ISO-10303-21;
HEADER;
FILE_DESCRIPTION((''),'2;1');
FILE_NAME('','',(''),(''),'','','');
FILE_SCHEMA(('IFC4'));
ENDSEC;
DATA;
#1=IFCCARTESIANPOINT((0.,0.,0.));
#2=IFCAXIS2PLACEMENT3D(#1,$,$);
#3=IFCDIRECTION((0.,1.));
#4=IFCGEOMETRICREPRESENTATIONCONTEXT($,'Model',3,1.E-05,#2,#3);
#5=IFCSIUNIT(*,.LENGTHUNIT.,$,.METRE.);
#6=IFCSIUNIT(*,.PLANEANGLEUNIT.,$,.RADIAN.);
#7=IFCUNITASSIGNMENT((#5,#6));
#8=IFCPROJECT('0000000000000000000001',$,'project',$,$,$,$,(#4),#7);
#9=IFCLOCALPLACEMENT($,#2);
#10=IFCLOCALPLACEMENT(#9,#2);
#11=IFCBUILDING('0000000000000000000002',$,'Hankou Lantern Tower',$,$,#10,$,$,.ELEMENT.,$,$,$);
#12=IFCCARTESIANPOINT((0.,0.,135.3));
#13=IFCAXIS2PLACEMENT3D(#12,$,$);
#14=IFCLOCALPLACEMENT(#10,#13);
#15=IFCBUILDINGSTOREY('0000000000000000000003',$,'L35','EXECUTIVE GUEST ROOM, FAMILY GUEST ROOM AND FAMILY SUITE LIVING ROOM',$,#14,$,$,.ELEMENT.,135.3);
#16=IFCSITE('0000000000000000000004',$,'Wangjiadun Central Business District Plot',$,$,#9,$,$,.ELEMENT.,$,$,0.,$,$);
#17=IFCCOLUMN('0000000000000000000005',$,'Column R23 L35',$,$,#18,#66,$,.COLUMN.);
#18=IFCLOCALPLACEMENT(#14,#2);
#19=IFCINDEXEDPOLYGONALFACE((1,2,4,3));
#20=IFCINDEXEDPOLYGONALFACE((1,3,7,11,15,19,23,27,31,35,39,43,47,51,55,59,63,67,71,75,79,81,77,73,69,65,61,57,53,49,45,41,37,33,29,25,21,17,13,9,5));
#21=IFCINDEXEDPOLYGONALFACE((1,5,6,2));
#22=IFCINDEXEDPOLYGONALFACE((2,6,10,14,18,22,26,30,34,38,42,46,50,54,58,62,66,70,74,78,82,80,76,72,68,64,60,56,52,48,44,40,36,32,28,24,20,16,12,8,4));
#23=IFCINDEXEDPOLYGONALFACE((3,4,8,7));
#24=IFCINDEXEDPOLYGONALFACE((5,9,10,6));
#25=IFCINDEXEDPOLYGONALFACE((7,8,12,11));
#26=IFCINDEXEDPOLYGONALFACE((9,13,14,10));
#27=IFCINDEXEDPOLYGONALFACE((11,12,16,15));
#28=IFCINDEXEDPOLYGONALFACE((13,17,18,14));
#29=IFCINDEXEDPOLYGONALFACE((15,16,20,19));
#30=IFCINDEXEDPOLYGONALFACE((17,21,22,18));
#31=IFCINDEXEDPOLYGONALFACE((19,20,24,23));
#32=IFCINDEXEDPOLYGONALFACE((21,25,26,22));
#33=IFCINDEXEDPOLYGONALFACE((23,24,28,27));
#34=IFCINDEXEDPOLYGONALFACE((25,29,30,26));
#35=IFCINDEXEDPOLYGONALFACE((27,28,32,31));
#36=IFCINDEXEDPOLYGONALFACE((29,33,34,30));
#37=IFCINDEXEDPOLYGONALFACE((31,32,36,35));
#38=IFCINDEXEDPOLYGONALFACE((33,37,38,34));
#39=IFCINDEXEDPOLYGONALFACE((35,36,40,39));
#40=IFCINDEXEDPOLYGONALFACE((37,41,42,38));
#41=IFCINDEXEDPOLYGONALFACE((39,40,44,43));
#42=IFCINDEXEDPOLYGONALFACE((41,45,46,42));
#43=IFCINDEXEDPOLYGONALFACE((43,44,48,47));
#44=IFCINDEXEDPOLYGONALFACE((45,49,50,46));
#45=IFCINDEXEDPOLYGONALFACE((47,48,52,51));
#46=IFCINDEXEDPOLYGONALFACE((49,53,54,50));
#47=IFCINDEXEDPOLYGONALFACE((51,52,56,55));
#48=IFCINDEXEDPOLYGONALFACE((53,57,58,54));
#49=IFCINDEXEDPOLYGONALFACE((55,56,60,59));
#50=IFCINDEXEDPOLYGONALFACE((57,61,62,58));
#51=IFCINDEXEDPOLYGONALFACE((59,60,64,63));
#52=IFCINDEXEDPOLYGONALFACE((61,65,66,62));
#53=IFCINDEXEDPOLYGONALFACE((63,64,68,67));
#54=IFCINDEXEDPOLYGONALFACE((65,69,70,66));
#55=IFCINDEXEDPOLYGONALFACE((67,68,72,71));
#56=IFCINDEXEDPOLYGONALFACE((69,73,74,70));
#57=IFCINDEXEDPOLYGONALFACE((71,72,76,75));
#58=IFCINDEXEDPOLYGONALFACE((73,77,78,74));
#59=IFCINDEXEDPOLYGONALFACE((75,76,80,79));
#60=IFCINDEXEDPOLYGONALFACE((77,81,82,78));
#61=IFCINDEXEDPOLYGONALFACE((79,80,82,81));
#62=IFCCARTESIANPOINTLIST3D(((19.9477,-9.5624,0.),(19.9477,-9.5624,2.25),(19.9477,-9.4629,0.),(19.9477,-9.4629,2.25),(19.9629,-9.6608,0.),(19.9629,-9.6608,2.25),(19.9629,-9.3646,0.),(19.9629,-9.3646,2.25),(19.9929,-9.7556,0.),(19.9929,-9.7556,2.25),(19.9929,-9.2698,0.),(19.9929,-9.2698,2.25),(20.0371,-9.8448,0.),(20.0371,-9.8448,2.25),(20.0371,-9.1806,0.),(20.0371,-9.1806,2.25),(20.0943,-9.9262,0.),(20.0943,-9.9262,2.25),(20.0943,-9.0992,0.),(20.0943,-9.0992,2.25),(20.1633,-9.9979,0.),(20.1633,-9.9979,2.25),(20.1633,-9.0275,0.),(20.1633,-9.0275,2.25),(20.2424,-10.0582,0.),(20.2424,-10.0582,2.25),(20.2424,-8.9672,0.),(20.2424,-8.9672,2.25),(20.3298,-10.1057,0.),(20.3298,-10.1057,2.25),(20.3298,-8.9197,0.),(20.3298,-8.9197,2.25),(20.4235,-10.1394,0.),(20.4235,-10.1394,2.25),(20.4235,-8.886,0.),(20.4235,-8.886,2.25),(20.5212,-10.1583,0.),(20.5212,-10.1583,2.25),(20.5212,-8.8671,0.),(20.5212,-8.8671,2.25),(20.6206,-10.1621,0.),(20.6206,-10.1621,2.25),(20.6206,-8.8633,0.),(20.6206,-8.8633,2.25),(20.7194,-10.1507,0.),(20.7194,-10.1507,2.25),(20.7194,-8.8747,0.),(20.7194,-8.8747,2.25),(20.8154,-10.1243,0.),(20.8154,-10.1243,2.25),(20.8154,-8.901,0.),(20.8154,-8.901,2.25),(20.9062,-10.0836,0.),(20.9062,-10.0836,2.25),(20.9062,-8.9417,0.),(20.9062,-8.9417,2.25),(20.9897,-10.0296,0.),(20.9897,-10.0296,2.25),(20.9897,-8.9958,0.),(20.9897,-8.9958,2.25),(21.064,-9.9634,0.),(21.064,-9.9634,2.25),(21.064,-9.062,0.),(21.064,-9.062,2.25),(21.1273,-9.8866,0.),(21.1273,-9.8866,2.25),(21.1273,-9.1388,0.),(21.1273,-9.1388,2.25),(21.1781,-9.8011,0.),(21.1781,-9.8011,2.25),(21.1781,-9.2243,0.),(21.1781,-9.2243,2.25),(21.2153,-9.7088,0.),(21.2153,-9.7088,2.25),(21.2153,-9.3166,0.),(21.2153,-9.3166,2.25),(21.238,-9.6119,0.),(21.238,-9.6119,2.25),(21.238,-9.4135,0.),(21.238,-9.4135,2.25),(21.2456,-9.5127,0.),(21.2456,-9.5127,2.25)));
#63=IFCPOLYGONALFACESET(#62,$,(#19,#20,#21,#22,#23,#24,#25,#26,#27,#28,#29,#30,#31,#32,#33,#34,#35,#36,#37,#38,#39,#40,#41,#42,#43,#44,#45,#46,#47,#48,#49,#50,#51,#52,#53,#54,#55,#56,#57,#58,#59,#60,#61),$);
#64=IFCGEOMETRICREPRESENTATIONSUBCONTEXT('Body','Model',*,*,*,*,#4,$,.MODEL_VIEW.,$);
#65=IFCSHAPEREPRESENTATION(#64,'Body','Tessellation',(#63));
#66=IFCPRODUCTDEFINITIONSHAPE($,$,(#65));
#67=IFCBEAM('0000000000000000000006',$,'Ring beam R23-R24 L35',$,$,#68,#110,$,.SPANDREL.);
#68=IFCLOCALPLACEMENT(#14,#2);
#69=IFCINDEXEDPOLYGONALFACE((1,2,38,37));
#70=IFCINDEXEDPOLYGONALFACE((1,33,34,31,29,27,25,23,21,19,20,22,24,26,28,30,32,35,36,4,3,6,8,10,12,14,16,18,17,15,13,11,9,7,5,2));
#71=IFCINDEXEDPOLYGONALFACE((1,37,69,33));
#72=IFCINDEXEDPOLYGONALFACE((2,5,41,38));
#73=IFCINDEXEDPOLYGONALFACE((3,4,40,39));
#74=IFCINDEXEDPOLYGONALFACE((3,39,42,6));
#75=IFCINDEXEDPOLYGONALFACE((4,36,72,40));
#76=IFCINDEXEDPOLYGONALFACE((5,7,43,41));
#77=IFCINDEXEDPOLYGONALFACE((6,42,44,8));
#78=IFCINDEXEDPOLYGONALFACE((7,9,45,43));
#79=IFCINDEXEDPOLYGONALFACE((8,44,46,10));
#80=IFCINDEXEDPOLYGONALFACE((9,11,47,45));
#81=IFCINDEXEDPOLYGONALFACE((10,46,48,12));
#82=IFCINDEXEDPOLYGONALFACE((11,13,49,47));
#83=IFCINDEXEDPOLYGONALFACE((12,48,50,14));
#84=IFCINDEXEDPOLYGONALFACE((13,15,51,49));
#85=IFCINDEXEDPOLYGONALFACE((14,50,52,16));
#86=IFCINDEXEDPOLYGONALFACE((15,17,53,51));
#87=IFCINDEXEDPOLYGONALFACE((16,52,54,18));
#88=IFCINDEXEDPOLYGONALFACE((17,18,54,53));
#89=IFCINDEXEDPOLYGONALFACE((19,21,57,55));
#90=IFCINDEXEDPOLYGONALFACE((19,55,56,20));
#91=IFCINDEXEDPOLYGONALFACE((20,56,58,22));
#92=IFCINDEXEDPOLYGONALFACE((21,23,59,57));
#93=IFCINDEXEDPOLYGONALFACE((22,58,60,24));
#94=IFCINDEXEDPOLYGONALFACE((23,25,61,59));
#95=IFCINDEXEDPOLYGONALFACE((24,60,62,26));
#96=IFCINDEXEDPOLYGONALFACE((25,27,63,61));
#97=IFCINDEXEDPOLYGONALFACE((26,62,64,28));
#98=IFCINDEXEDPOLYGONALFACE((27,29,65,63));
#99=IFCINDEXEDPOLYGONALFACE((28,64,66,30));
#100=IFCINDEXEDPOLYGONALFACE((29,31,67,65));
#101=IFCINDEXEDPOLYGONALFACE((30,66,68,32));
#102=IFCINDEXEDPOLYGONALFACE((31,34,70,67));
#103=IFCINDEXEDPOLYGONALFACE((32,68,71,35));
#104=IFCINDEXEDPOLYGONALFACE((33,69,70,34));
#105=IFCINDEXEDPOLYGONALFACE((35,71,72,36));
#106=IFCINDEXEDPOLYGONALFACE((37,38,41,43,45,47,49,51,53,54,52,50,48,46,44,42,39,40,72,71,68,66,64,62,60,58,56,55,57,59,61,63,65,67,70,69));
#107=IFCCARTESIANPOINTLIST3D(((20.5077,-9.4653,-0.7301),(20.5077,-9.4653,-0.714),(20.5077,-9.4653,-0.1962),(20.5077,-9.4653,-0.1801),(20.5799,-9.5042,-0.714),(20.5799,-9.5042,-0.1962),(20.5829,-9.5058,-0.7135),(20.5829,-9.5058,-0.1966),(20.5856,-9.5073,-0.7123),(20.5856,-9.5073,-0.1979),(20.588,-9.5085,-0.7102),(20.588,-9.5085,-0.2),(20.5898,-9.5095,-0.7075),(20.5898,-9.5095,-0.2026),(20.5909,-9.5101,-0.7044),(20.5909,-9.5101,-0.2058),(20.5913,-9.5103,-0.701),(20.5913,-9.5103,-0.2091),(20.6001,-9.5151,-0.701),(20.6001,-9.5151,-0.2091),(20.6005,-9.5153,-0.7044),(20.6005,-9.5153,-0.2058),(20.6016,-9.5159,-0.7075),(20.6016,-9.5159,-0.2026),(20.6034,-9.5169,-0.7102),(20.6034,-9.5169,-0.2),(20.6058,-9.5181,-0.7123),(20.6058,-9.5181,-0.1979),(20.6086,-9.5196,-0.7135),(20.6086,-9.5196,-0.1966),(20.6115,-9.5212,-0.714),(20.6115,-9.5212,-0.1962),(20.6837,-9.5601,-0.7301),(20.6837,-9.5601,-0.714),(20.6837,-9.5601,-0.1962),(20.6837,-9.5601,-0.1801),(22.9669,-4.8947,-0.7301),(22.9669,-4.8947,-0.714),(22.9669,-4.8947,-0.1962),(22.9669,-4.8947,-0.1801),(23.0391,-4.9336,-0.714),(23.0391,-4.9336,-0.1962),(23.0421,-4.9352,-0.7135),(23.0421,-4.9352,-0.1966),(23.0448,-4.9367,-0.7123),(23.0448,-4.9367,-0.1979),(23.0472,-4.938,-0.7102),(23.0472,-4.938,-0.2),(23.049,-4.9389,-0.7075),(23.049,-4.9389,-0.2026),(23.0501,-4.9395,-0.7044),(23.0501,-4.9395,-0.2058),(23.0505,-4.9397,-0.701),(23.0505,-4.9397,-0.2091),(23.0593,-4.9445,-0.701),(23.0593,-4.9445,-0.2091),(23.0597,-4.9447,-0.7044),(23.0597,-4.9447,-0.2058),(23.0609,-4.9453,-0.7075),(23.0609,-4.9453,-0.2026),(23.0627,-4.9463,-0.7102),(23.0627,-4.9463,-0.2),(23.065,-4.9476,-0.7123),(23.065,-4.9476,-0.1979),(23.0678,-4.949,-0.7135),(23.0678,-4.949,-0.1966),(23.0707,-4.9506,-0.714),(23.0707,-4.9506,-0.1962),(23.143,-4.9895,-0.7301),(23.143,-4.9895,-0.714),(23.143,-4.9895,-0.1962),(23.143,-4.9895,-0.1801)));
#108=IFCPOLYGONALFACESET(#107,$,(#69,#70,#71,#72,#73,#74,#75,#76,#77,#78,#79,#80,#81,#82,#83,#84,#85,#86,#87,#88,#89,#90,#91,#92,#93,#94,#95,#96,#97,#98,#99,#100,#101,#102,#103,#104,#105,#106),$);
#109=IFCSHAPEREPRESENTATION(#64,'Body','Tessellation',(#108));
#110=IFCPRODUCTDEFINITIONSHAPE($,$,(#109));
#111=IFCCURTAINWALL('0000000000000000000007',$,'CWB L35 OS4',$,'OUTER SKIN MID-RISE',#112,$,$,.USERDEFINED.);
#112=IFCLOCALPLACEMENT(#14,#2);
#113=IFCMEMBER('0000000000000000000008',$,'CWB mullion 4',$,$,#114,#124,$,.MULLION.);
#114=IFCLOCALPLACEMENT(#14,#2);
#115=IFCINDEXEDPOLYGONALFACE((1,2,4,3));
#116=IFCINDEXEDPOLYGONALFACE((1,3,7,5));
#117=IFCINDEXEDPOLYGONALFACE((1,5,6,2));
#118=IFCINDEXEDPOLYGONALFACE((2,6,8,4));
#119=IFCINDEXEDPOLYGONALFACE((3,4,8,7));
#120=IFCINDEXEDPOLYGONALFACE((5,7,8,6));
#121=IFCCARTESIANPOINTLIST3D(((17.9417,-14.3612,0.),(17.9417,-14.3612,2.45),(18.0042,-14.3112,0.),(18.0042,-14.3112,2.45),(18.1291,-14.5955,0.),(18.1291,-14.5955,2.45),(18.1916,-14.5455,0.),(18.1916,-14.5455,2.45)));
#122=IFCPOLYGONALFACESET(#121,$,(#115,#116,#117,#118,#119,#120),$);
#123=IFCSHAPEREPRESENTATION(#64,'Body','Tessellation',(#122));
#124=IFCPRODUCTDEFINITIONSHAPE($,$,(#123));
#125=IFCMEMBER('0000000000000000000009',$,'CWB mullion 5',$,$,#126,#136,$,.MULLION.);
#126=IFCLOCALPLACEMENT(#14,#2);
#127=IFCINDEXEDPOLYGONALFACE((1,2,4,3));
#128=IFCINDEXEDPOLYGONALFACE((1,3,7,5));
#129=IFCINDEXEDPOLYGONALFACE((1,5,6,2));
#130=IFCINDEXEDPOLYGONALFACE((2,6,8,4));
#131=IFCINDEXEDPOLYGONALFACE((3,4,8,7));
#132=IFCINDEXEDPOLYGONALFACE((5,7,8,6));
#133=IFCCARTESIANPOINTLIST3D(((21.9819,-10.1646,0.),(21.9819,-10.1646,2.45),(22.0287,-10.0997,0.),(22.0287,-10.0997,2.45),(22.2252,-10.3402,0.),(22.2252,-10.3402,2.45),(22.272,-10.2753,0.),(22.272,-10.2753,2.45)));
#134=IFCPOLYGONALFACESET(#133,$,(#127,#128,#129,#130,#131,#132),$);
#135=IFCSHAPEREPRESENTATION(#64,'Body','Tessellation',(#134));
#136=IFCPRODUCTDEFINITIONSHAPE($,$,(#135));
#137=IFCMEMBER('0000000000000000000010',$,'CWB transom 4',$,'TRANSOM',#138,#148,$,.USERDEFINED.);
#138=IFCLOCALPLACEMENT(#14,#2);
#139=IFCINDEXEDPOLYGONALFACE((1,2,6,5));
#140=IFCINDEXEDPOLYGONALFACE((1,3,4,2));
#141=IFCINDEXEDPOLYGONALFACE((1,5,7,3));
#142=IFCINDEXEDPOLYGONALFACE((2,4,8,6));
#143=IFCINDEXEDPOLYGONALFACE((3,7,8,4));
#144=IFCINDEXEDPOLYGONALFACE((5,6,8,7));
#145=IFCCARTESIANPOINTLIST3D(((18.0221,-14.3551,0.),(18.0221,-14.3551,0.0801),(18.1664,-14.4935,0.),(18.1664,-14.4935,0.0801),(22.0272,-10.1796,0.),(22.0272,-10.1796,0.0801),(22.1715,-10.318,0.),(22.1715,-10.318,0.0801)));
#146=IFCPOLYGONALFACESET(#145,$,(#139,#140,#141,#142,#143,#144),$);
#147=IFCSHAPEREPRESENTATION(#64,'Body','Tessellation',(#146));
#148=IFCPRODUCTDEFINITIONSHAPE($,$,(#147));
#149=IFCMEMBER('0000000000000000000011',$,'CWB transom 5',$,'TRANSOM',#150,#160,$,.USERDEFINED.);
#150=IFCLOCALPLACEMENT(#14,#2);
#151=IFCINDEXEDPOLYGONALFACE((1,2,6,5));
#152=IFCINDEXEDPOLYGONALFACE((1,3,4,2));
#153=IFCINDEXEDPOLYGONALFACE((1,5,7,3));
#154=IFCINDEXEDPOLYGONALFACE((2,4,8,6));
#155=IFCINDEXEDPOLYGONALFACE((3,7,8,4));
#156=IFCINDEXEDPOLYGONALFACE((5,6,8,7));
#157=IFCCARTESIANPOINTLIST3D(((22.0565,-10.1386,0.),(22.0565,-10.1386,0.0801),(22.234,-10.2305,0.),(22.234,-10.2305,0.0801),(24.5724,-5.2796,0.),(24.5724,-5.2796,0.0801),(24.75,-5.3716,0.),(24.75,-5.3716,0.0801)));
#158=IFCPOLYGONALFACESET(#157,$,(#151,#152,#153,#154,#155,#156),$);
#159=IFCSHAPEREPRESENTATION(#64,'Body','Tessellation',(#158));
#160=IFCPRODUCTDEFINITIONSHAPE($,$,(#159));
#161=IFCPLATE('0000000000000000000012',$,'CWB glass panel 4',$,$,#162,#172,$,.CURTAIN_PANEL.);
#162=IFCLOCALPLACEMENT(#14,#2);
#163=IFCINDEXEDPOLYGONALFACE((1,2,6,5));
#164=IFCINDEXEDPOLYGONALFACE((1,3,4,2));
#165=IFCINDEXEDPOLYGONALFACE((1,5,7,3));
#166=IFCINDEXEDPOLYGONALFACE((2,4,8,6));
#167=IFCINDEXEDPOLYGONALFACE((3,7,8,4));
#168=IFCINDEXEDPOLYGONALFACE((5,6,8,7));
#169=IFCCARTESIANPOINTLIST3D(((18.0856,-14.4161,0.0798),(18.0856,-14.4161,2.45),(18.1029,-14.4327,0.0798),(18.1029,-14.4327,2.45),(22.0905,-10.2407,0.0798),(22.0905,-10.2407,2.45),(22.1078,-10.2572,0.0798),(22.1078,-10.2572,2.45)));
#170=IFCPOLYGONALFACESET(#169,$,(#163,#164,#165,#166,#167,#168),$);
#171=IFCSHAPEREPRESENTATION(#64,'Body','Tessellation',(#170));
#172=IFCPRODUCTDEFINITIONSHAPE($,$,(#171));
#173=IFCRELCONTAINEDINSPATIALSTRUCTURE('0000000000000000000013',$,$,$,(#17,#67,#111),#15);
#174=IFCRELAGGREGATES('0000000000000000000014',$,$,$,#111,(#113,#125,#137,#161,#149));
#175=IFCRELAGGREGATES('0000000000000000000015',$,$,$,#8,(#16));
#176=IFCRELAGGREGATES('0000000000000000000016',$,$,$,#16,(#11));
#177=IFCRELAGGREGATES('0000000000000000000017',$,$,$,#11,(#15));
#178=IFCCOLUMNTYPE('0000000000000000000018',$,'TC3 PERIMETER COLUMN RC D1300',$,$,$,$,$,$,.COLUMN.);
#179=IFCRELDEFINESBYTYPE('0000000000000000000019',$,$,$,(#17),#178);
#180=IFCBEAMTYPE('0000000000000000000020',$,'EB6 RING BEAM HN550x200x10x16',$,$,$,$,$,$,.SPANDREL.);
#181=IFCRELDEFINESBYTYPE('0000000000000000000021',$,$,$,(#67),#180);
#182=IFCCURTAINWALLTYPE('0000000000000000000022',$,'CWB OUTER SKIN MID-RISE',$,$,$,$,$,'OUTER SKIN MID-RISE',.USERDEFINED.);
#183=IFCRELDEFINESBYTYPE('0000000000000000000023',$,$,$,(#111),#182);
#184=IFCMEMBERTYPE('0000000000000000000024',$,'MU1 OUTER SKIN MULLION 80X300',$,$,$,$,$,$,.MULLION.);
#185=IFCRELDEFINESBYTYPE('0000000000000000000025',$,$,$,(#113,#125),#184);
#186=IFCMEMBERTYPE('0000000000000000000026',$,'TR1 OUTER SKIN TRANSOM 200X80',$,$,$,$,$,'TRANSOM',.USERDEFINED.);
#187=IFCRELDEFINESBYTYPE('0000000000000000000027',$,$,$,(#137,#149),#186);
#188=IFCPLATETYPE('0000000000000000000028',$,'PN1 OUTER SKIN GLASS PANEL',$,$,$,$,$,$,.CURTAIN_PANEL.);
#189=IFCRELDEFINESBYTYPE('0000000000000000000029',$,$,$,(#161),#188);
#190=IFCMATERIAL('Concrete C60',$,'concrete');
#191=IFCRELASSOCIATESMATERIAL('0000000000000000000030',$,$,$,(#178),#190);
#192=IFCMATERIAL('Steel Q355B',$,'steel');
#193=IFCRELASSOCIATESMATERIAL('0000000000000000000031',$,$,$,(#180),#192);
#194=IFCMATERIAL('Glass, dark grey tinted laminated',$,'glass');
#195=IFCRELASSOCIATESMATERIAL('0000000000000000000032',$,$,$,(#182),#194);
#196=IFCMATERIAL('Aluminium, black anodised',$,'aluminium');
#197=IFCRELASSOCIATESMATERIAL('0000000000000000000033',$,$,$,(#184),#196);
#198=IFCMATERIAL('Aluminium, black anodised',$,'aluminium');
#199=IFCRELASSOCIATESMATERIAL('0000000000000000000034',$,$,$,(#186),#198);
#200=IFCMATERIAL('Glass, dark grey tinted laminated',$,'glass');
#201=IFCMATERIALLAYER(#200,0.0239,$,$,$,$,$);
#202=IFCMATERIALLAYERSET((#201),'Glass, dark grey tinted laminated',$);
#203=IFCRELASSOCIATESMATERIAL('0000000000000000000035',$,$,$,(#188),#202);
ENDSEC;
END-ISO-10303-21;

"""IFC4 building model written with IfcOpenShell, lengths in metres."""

from ifc_helpers import new_model, si_unit, direction, frame, origin, origin_2d, place, context, subcontext, project, spatial, rectangle, circle, i_section, extrude, clip, halfspace, material, layer, layer_set, material_profile, profile_set, type_object, element, aggregate, save


model = new_model("IFC4")

# Units and contexts
model_context = context("Model", 3, precision=1e-05, world=origin(), true_north=direction((0.0, 1.0)))
body_context = subcontext(model_context, "Body", "Model", "MODEL_VIEW")
ifc_project = project(units=[si_unit("LENGTHUNIT", "METRE"), si_unit("PLANEANGLEUNIT", "RADIAN")], contexts=[model_context])

# Site, building, storey
site_placement = place(None, origin())
site = spatial("IfcSite", under=ifc_project, at=site_placement, Name="Wangjiadun Central Business District Plot", CompositionType="ELEMENT", RefElevation=0.0)
building_placement = place(site_placement, origin())
building = spatial("IfcBuilding", under=site, at=building_placement, Name="Hankou Lantern Tower", CompositionType="ELEMENT")
storey_placement = place(building_placement, frame((0.0, 0.0, 135.3)))
storey = spatial("IfcBuildingStorey", under=building, at=storey_placement, Name="L35", Description="EXECUTIVE GUEST ROOM, FAMILY GUEST ROOM AND FAMILY SUITE LIVING ROOM", CompositionType="ELEMENT", Elevation=135.3)

# Column
ifc_material_1 = material(Name="Concrete C60", Category="concrete")
ifc_material_profile_1 = material_profile(ifc_material_1, circle(Radius=0.6499, at=origin_2d()), Name="RC D1300")
ifc_profile_set_1 = profile_set([ifc_material_profile_1], Name="Concrete C60")
column_type = type_object("IfcColumnType", Name="TC3 PERIMETER COLUMN RC D1300", PredefinedType="COLUMN", material=ifc_profile_set_1)
column_placement = place(storey_placement, frame((20.5957, -9.5127, 0.0), z_axis=(0.0, 0.0, 1.0), x_axis=(1.0, 0.0, 0.0)))
element("IfcColumn", 1, at=column_placement, inside=storey, type_object=column_type, Name="Column R23 L35", PredefinedType="COLUMN", context=body_context, shape_type="Clipping", body=[
    clip(extrude(circle(Radius=0.6499, at=origin_2d()), origin(), (0.0, 0.0, 1.0), 3.3), halfspace(frame((0.0, 0.0, 2.25), z_axis=(0.0, 0.0, 1.0), x_axis=(1.0, 0.0, 0.0)), False)),
])

# Beam
ifc_material_2 = material(Name="Steel Q355B", Category="steel")
ifc_material_profile_2 = material_profile(ifc_material_2, i_section(OverallWidth=0.2, OverallDepth=0.55, WebThickness=0.01, FlangeThickness=0.0161, FilletRadius=0.0129, at=origin_2d()), Name="HN550x200x10x16")
ifc_profile_set_2 = profile_set([ifc_material_profile_2], Name="Steel Q355B")
beam_type = type_object("IfcBeamType", Name="EB6 RING BEAM HN550x200x10x16", PredefinedType="SPANDREL", material=ifc_profile_set_2)
beam_placement = place(storey_placement, frame((20.5957, -9.5127, -0.4551), z_axis=(0.473825, 0.880619, 0.0), x_axis=(-0.880619, 0.473825, 0.0)))
element("IfcBeam", 2, at=beam_placement, inside=storey, type_object=beam_type, Name="Ring beam R23-R24 L35", PredefinedType="SPANDREL", context=body_context, shape_type="SweptSolid", body=[
    extrude(i_section(OverallWidth=0.2, OverallDepth=0.55, WebThickness=0.01, FlangeThickness=0.0161, FilletRadius=0.0129, at=origin_2d()), origin(), (0.0, 0.0, 1.0), 5.1902),
])

# Curtain wall, members, plate
ifc_material_3 = material(Name="Glass, dark grey tinted laminated", Category="glass")
curtain_wall_type = type_object("IfcCurtainWallType", Name="CWB OUTER SKIN MID-RISE", ElementType="OUTER SKIN MID-RISE", PredefinedType="USERDEFINED", material=ifc_material_3)
curtain_wall_placement = place(storey_placement, origin())
curtain_wall = element("IfcCurtainWall", 3, at=curtain_wall_placement, inside=storey, type_object=curtain_wall_type, Name="CWB L35 OS4", ObjectType="OUTER SKIN MID-RISE", PredefinedType="USERDEFINED")
ifc_material_4 = material(Name="Aluminium, black anodised", Category="aluminium")
ifc_material_profile_3 = material_profile(ifc_material_4, rectangle(XDim=0.0801, YDim=0.3, at=origin_2d()), Name="MU1 80X300")
ifc_profile_set_3 = profile_set([ifc_material_profile_3], Name="Aluminium, black anodised")
member_type_1 = type_object("IfcMemberType", Name="MU1 OUTER SKIN MULLION 80X300", PredefinedType="MULLION", material=ifc_profile_set_3)
member_1_placement = place(storey_placement, frame((18.0667, -14.4534, 0.0), z_axis=(0.0, 0.0, 1.0), x_axis=(0.780869, 0.624695, 0.0)))
member_1 = element("IfcMember", 4, at=member_1_placement, type_object=member_type_1, Name="CWB mullion 4", PredefinedType="MULLION", context=body_context, shape_type="SweptSolid", body=[
    extrude(rectangle(XDim=0.0801, YDim=0.3, at=origin_2d()), origin(), (0.0, 0.0, 1.0), 2.45),
])
member_2_placement = place(storey_placement, frame((22.127, -10.22, 0.0), z_axis=(0.0, 0.0, 1.0), x_axis=(0.585206, 0.810885, 0.0)))
member_2 = element("IfcMember", 5, at=member_2_placement, type_object=member_type_1, Name="CWB mullion 5", PredefinedType="MULLION", context=body_context, shape_type="SweptSolid", body=[
    extrude(rectangle(XDim=0.0801, YDim=0.3, at=origin_2d()), origin(), (0.0, 0.0, 1.0), 2.45),
])
ifc_material_5 = material(Name="Aluminium, black anodised", Category="aluminium")
ifc_material_profile_4 = material_profile(ifc_material_5, rectangle(XDim=0.2, YDim=0.0801, at=origin_2d()), Name="TR1 200X80")
ifc_profile_set_4 = profile_set([ifc_material_profile_4], Name="Aluminium, black anodised")
member_type_2 = type_object("IfcMemberType", Name="TR1 OUTER SKIN TRANSOM 200X80", ElementType="TRANSOM", PredefinedType="USERDEFINED", material=ifc_profile_set_4)
member_3_placement = place(storey_placement, frame((18.0942, -14.4243, 0.04), z_axis=(0.692227, 0.72168, 0.0), x_axis=(-0.72168, 0.692227, 0.0)))
member_3 = element("IfcMember", 6, at=member_3_placement, type_object=member_type_2, Name="CWB transom 4", ObjectType="TRANSOM", PredefinedType="USERDEFINED", context=body_context, shape_type="SweptSolid", body=[
    extrude(rectangle(XDim=0.2, YDim=0.0801, at=origin_2d()), origin(), (0.0, 0.0, 1.0), 5.7859),
])
member_4_placement = place(storey_placement, frame((22.1453, -10.1846, 0.04), z_axis=(0.459805, 0.88802, 0.0), x_axis=(-0.88802, 0.459805, 0.0)))
member_4 = element("IfcMember", 7, at=member_4_placement, type_object=member_type_2, Name="CWB transom 5", ObjectType="TRANSOM", PredefinedType="USERDEFINED", context=body_context, shape_type="SweptSolid", body=[
    extrude(rectangle(XDim=0.2, YDim=0.0801, at=origin_2d()), origin(), (0.0, 0.0, 1.0), 5.4717),
])
ifc_material_6 = material(Name="Glass, dark grey tinted laminated", Category="glass")
ifc_layer_1 = layer(ifc_material_6, 0.0239)
ifc_layer_set_1 = layer_set([ifc_layer_1], Name="Glass, dark grey tinted laminated")
plate_type = type_object("IfcPlateType", Name="PN1 OUTER SKIN GLASS PANEL", PredefinedType="CURTAIN_PANEL", material=ifc_layer_set_1)
plate_placement = place(storey_placement, frame((20.0967, -12.3367, 0.0798), z_axis=(0.0, 0.0, 1.0), x_axis=(0.692216, 0.721691, 0.0)))
plate = element("IfcPlate", 8, at=plate_placement, type_object=plate_type, Name="CWB glass panel 4", PredefinedType="CURTAIN_PANEL", context=body_context, shape_type="SweptSolid", body=[
    extrude(rectangle(XDim=5.7856, YDim=0.0239, at=origin_2d()), origin(), (0.0, 0.0, 1.0), 2.3701),
])
aggregate(curtain_wall, [member_1, member_2, member_3, plate, member_4])

save(model, "model.ifc")
